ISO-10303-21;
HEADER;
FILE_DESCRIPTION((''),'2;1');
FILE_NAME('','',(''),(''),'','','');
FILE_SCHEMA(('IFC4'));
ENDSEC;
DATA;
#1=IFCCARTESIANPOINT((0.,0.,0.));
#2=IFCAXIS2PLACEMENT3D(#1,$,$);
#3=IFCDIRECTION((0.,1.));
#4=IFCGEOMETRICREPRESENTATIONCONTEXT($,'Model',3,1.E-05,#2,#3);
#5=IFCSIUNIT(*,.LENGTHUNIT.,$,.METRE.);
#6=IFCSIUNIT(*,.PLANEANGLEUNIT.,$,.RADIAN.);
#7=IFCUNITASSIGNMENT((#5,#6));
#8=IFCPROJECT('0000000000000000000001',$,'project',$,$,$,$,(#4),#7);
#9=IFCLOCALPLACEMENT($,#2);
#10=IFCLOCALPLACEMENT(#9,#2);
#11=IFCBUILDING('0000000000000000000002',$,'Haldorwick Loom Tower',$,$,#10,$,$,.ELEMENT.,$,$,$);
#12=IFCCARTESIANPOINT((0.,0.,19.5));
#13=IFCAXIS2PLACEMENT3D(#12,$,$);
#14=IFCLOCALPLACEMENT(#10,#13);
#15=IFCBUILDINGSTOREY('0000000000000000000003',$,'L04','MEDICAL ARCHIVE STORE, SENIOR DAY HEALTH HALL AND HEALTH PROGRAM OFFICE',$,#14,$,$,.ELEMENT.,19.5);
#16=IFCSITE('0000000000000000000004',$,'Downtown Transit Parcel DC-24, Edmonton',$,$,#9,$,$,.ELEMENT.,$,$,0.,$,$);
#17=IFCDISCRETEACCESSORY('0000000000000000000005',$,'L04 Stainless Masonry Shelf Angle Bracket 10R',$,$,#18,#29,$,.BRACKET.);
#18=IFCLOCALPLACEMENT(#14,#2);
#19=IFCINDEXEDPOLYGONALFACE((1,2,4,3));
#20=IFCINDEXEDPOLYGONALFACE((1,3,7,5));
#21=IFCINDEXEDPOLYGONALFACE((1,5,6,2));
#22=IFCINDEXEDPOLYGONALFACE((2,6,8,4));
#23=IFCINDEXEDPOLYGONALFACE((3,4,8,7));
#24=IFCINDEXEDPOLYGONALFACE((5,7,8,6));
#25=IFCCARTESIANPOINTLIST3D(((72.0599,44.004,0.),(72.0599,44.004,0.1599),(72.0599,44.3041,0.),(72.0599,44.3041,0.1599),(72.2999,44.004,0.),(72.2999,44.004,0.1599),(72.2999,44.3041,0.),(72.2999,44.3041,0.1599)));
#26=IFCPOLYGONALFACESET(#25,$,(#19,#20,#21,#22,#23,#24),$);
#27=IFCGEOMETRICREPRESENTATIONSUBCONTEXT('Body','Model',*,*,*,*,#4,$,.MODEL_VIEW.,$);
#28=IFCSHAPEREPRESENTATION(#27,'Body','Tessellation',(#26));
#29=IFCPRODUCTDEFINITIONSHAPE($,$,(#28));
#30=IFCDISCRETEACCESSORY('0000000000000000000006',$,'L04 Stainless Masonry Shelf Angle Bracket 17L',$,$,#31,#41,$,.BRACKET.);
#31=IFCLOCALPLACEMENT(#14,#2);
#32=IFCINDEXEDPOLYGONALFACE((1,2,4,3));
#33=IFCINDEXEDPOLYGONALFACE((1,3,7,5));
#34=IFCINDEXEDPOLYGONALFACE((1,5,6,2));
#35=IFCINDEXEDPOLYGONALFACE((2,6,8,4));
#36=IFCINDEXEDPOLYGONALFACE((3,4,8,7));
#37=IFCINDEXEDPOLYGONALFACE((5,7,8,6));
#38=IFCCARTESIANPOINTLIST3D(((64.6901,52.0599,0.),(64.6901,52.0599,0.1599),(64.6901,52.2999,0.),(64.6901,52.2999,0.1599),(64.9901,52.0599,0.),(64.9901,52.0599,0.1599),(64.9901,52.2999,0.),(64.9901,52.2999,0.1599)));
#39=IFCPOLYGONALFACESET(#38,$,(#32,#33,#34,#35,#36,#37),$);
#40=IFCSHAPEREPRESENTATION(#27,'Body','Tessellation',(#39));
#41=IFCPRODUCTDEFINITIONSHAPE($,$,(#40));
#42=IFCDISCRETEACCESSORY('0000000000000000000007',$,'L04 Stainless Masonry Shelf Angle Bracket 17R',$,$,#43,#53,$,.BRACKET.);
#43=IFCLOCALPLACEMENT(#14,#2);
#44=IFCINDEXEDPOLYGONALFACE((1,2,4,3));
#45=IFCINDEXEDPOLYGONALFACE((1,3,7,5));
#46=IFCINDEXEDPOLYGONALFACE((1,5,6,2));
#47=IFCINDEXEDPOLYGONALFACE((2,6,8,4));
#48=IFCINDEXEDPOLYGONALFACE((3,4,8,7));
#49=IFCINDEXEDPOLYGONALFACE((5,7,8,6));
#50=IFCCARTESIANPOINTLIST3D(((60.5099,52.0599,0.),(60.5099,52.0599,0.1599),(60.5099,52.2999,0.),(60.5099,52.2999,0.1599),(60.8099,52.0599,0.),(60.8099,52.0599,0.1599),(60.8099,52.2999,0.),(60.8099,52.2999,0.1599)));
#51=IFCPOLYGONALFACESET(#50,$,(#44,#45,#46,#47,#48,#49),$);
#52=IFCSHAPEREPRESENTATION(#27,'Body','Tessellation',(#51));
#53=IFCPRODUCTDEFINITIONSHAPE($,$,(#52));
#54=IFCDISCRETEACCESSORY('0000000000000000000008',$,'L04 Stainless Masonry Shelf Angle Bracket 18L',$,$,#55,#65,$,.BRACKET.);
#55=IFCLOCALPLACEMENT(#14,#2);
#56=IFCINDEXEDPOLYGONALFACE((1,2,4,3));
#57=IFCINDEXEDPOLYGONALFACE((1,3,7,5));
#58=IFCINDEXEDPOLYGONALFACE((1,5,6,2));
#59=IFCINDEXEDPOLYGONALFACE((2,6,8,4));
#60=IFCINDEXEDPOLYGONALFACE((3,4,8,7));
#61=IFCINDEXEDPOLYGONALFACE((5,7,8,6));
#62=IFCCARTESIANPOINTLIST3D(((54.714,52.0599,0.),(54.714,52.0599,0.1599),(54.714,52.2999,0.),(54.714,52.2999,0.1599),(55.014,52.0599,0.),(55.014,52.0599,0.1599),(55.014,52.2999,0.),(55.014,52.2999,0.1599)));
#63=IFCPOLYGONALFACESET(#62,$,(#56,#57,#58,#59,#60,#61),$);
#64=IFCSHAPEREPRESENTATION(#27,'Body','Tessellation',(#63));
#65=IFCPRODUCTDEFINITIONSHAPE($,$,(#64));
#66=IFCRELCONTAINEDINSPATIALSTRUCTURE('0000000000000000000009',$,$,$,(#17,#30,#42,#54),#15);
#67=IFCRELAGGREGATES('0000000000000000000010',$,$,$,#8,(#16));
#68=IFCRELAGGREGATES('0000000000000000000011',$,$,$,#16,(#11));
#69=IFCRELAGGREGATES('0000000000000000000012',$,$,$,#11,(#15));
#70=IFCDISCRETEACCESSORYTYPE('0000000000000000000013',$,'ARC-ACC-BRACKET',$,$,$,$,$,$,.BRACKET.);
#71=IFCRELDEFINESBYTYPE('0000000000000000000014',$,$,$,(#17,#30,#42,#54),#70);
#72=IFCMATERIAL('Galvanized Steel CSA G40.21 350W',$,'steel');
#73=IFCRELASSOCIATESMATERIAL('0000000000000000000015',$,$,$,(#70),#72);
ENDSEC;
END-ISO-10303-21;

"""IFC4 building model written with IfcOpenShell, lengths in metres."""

from ifc_helpers import new_model, si_unit, direction, frame, origin, origin_2d, place, context, subcontext, project, spatial, rectangle, extrude, material, type_object, element, save


model = new_model("IFC4")

# Units and contexts
model_context = context("Model", 3, precision=1e-05, world=origin(), true_north=direction((0.0, 1.0)))
body_context = subcontext(model_context, "Body", "Model", "MODEL_VIEW")
ifc_project = project(units=[si_unit("LENGTHUNIT", "METRE"), si_unit("PLANEANGLEUNIT", "RADIAN")], contexts=[model_context])

# Site, building, storey
site_placement = place(None, origin())
site = spatial("IfcSite", under=ifc_project, at=site_placement, Name="Downtown Transit Parcel DC-24, Edmonton", CompositionType="ELEMENT", RefElevation=0.0)
building_placement = place(site_placement, origin())
building = spatial("IfcBuilding", under=site, at=building_placement, Name="Haldorwick Loom Tower", CompositionType="ELEMENT")
storey_placement = place(building_placement, frame((0.0, 0.0, 19.5)))
storey = spatial("IfcBuildingStorey", under=building, at=storey_placement, Name="L04", Description="MEDICAL ARCHIVE STORE, SENIOR DAY HEALTH HALL AND HEALTH PROGRAM OFFICE", CompositionType="ELEMENT", Elevation=19.5)

# Discrete accessories
ifc_material_1 = material(Name="Galvanized Steel CSA G40.21 350W", Category="steel")
discrete_accessory_type = type_object("IfcDiscreteAccessoryType", Name="ARC-ACC-BRACKET", PredefinedType="BRACKET", material=ifc_material_1)
for number, where, z_axis, x_axis, name in (
    (1, (72.1799, 44.1541, 0.0), (0.0, 0.0, 1.0), (0.0, 1.0, 0.0), "L04 Stainless Masonry Shelf Angle Bracket 10R"),
    (2, (64.8401, 52.1799, 0.0), (0.0, 0.0, 1.0), (-1.0, 0.0, 0.0), "L04 Stainless Masonry Shelf Angle Bracket 17L"),
    (3, (60.6599, 52.1799, 0.0), (0.0, 0.0, 1.0), (-1.0, 0.0, 0.0), "L04 Stainless Masonry Shelf Angle Bracket 17R"),
    (4, (54.864, 52.1799, 0.0), (0.0, 0.0, 1.0), (-1.0, 0.0, 0.0), "L04 Stainless Masonry Shelf Angle Bracket 18L"),
):
    element("IfcDiscreteAccessory", number, at=place(storey_placement, frame(where, z_axis=z_axis, x_axis=x_axis)), inside=storey, type_object=discrete_accessory_type, Name=name, PredefinedType="BRACKET", context=body_context, shape_type="SweptSolid", body=[
        extrude(rectangle(XDim=0.3, YDim=0.24, at=origin_2d()), origin(), (0.0, 0.0, 1.0), 0.1599),
    ])

save(model, "model.ifc")
